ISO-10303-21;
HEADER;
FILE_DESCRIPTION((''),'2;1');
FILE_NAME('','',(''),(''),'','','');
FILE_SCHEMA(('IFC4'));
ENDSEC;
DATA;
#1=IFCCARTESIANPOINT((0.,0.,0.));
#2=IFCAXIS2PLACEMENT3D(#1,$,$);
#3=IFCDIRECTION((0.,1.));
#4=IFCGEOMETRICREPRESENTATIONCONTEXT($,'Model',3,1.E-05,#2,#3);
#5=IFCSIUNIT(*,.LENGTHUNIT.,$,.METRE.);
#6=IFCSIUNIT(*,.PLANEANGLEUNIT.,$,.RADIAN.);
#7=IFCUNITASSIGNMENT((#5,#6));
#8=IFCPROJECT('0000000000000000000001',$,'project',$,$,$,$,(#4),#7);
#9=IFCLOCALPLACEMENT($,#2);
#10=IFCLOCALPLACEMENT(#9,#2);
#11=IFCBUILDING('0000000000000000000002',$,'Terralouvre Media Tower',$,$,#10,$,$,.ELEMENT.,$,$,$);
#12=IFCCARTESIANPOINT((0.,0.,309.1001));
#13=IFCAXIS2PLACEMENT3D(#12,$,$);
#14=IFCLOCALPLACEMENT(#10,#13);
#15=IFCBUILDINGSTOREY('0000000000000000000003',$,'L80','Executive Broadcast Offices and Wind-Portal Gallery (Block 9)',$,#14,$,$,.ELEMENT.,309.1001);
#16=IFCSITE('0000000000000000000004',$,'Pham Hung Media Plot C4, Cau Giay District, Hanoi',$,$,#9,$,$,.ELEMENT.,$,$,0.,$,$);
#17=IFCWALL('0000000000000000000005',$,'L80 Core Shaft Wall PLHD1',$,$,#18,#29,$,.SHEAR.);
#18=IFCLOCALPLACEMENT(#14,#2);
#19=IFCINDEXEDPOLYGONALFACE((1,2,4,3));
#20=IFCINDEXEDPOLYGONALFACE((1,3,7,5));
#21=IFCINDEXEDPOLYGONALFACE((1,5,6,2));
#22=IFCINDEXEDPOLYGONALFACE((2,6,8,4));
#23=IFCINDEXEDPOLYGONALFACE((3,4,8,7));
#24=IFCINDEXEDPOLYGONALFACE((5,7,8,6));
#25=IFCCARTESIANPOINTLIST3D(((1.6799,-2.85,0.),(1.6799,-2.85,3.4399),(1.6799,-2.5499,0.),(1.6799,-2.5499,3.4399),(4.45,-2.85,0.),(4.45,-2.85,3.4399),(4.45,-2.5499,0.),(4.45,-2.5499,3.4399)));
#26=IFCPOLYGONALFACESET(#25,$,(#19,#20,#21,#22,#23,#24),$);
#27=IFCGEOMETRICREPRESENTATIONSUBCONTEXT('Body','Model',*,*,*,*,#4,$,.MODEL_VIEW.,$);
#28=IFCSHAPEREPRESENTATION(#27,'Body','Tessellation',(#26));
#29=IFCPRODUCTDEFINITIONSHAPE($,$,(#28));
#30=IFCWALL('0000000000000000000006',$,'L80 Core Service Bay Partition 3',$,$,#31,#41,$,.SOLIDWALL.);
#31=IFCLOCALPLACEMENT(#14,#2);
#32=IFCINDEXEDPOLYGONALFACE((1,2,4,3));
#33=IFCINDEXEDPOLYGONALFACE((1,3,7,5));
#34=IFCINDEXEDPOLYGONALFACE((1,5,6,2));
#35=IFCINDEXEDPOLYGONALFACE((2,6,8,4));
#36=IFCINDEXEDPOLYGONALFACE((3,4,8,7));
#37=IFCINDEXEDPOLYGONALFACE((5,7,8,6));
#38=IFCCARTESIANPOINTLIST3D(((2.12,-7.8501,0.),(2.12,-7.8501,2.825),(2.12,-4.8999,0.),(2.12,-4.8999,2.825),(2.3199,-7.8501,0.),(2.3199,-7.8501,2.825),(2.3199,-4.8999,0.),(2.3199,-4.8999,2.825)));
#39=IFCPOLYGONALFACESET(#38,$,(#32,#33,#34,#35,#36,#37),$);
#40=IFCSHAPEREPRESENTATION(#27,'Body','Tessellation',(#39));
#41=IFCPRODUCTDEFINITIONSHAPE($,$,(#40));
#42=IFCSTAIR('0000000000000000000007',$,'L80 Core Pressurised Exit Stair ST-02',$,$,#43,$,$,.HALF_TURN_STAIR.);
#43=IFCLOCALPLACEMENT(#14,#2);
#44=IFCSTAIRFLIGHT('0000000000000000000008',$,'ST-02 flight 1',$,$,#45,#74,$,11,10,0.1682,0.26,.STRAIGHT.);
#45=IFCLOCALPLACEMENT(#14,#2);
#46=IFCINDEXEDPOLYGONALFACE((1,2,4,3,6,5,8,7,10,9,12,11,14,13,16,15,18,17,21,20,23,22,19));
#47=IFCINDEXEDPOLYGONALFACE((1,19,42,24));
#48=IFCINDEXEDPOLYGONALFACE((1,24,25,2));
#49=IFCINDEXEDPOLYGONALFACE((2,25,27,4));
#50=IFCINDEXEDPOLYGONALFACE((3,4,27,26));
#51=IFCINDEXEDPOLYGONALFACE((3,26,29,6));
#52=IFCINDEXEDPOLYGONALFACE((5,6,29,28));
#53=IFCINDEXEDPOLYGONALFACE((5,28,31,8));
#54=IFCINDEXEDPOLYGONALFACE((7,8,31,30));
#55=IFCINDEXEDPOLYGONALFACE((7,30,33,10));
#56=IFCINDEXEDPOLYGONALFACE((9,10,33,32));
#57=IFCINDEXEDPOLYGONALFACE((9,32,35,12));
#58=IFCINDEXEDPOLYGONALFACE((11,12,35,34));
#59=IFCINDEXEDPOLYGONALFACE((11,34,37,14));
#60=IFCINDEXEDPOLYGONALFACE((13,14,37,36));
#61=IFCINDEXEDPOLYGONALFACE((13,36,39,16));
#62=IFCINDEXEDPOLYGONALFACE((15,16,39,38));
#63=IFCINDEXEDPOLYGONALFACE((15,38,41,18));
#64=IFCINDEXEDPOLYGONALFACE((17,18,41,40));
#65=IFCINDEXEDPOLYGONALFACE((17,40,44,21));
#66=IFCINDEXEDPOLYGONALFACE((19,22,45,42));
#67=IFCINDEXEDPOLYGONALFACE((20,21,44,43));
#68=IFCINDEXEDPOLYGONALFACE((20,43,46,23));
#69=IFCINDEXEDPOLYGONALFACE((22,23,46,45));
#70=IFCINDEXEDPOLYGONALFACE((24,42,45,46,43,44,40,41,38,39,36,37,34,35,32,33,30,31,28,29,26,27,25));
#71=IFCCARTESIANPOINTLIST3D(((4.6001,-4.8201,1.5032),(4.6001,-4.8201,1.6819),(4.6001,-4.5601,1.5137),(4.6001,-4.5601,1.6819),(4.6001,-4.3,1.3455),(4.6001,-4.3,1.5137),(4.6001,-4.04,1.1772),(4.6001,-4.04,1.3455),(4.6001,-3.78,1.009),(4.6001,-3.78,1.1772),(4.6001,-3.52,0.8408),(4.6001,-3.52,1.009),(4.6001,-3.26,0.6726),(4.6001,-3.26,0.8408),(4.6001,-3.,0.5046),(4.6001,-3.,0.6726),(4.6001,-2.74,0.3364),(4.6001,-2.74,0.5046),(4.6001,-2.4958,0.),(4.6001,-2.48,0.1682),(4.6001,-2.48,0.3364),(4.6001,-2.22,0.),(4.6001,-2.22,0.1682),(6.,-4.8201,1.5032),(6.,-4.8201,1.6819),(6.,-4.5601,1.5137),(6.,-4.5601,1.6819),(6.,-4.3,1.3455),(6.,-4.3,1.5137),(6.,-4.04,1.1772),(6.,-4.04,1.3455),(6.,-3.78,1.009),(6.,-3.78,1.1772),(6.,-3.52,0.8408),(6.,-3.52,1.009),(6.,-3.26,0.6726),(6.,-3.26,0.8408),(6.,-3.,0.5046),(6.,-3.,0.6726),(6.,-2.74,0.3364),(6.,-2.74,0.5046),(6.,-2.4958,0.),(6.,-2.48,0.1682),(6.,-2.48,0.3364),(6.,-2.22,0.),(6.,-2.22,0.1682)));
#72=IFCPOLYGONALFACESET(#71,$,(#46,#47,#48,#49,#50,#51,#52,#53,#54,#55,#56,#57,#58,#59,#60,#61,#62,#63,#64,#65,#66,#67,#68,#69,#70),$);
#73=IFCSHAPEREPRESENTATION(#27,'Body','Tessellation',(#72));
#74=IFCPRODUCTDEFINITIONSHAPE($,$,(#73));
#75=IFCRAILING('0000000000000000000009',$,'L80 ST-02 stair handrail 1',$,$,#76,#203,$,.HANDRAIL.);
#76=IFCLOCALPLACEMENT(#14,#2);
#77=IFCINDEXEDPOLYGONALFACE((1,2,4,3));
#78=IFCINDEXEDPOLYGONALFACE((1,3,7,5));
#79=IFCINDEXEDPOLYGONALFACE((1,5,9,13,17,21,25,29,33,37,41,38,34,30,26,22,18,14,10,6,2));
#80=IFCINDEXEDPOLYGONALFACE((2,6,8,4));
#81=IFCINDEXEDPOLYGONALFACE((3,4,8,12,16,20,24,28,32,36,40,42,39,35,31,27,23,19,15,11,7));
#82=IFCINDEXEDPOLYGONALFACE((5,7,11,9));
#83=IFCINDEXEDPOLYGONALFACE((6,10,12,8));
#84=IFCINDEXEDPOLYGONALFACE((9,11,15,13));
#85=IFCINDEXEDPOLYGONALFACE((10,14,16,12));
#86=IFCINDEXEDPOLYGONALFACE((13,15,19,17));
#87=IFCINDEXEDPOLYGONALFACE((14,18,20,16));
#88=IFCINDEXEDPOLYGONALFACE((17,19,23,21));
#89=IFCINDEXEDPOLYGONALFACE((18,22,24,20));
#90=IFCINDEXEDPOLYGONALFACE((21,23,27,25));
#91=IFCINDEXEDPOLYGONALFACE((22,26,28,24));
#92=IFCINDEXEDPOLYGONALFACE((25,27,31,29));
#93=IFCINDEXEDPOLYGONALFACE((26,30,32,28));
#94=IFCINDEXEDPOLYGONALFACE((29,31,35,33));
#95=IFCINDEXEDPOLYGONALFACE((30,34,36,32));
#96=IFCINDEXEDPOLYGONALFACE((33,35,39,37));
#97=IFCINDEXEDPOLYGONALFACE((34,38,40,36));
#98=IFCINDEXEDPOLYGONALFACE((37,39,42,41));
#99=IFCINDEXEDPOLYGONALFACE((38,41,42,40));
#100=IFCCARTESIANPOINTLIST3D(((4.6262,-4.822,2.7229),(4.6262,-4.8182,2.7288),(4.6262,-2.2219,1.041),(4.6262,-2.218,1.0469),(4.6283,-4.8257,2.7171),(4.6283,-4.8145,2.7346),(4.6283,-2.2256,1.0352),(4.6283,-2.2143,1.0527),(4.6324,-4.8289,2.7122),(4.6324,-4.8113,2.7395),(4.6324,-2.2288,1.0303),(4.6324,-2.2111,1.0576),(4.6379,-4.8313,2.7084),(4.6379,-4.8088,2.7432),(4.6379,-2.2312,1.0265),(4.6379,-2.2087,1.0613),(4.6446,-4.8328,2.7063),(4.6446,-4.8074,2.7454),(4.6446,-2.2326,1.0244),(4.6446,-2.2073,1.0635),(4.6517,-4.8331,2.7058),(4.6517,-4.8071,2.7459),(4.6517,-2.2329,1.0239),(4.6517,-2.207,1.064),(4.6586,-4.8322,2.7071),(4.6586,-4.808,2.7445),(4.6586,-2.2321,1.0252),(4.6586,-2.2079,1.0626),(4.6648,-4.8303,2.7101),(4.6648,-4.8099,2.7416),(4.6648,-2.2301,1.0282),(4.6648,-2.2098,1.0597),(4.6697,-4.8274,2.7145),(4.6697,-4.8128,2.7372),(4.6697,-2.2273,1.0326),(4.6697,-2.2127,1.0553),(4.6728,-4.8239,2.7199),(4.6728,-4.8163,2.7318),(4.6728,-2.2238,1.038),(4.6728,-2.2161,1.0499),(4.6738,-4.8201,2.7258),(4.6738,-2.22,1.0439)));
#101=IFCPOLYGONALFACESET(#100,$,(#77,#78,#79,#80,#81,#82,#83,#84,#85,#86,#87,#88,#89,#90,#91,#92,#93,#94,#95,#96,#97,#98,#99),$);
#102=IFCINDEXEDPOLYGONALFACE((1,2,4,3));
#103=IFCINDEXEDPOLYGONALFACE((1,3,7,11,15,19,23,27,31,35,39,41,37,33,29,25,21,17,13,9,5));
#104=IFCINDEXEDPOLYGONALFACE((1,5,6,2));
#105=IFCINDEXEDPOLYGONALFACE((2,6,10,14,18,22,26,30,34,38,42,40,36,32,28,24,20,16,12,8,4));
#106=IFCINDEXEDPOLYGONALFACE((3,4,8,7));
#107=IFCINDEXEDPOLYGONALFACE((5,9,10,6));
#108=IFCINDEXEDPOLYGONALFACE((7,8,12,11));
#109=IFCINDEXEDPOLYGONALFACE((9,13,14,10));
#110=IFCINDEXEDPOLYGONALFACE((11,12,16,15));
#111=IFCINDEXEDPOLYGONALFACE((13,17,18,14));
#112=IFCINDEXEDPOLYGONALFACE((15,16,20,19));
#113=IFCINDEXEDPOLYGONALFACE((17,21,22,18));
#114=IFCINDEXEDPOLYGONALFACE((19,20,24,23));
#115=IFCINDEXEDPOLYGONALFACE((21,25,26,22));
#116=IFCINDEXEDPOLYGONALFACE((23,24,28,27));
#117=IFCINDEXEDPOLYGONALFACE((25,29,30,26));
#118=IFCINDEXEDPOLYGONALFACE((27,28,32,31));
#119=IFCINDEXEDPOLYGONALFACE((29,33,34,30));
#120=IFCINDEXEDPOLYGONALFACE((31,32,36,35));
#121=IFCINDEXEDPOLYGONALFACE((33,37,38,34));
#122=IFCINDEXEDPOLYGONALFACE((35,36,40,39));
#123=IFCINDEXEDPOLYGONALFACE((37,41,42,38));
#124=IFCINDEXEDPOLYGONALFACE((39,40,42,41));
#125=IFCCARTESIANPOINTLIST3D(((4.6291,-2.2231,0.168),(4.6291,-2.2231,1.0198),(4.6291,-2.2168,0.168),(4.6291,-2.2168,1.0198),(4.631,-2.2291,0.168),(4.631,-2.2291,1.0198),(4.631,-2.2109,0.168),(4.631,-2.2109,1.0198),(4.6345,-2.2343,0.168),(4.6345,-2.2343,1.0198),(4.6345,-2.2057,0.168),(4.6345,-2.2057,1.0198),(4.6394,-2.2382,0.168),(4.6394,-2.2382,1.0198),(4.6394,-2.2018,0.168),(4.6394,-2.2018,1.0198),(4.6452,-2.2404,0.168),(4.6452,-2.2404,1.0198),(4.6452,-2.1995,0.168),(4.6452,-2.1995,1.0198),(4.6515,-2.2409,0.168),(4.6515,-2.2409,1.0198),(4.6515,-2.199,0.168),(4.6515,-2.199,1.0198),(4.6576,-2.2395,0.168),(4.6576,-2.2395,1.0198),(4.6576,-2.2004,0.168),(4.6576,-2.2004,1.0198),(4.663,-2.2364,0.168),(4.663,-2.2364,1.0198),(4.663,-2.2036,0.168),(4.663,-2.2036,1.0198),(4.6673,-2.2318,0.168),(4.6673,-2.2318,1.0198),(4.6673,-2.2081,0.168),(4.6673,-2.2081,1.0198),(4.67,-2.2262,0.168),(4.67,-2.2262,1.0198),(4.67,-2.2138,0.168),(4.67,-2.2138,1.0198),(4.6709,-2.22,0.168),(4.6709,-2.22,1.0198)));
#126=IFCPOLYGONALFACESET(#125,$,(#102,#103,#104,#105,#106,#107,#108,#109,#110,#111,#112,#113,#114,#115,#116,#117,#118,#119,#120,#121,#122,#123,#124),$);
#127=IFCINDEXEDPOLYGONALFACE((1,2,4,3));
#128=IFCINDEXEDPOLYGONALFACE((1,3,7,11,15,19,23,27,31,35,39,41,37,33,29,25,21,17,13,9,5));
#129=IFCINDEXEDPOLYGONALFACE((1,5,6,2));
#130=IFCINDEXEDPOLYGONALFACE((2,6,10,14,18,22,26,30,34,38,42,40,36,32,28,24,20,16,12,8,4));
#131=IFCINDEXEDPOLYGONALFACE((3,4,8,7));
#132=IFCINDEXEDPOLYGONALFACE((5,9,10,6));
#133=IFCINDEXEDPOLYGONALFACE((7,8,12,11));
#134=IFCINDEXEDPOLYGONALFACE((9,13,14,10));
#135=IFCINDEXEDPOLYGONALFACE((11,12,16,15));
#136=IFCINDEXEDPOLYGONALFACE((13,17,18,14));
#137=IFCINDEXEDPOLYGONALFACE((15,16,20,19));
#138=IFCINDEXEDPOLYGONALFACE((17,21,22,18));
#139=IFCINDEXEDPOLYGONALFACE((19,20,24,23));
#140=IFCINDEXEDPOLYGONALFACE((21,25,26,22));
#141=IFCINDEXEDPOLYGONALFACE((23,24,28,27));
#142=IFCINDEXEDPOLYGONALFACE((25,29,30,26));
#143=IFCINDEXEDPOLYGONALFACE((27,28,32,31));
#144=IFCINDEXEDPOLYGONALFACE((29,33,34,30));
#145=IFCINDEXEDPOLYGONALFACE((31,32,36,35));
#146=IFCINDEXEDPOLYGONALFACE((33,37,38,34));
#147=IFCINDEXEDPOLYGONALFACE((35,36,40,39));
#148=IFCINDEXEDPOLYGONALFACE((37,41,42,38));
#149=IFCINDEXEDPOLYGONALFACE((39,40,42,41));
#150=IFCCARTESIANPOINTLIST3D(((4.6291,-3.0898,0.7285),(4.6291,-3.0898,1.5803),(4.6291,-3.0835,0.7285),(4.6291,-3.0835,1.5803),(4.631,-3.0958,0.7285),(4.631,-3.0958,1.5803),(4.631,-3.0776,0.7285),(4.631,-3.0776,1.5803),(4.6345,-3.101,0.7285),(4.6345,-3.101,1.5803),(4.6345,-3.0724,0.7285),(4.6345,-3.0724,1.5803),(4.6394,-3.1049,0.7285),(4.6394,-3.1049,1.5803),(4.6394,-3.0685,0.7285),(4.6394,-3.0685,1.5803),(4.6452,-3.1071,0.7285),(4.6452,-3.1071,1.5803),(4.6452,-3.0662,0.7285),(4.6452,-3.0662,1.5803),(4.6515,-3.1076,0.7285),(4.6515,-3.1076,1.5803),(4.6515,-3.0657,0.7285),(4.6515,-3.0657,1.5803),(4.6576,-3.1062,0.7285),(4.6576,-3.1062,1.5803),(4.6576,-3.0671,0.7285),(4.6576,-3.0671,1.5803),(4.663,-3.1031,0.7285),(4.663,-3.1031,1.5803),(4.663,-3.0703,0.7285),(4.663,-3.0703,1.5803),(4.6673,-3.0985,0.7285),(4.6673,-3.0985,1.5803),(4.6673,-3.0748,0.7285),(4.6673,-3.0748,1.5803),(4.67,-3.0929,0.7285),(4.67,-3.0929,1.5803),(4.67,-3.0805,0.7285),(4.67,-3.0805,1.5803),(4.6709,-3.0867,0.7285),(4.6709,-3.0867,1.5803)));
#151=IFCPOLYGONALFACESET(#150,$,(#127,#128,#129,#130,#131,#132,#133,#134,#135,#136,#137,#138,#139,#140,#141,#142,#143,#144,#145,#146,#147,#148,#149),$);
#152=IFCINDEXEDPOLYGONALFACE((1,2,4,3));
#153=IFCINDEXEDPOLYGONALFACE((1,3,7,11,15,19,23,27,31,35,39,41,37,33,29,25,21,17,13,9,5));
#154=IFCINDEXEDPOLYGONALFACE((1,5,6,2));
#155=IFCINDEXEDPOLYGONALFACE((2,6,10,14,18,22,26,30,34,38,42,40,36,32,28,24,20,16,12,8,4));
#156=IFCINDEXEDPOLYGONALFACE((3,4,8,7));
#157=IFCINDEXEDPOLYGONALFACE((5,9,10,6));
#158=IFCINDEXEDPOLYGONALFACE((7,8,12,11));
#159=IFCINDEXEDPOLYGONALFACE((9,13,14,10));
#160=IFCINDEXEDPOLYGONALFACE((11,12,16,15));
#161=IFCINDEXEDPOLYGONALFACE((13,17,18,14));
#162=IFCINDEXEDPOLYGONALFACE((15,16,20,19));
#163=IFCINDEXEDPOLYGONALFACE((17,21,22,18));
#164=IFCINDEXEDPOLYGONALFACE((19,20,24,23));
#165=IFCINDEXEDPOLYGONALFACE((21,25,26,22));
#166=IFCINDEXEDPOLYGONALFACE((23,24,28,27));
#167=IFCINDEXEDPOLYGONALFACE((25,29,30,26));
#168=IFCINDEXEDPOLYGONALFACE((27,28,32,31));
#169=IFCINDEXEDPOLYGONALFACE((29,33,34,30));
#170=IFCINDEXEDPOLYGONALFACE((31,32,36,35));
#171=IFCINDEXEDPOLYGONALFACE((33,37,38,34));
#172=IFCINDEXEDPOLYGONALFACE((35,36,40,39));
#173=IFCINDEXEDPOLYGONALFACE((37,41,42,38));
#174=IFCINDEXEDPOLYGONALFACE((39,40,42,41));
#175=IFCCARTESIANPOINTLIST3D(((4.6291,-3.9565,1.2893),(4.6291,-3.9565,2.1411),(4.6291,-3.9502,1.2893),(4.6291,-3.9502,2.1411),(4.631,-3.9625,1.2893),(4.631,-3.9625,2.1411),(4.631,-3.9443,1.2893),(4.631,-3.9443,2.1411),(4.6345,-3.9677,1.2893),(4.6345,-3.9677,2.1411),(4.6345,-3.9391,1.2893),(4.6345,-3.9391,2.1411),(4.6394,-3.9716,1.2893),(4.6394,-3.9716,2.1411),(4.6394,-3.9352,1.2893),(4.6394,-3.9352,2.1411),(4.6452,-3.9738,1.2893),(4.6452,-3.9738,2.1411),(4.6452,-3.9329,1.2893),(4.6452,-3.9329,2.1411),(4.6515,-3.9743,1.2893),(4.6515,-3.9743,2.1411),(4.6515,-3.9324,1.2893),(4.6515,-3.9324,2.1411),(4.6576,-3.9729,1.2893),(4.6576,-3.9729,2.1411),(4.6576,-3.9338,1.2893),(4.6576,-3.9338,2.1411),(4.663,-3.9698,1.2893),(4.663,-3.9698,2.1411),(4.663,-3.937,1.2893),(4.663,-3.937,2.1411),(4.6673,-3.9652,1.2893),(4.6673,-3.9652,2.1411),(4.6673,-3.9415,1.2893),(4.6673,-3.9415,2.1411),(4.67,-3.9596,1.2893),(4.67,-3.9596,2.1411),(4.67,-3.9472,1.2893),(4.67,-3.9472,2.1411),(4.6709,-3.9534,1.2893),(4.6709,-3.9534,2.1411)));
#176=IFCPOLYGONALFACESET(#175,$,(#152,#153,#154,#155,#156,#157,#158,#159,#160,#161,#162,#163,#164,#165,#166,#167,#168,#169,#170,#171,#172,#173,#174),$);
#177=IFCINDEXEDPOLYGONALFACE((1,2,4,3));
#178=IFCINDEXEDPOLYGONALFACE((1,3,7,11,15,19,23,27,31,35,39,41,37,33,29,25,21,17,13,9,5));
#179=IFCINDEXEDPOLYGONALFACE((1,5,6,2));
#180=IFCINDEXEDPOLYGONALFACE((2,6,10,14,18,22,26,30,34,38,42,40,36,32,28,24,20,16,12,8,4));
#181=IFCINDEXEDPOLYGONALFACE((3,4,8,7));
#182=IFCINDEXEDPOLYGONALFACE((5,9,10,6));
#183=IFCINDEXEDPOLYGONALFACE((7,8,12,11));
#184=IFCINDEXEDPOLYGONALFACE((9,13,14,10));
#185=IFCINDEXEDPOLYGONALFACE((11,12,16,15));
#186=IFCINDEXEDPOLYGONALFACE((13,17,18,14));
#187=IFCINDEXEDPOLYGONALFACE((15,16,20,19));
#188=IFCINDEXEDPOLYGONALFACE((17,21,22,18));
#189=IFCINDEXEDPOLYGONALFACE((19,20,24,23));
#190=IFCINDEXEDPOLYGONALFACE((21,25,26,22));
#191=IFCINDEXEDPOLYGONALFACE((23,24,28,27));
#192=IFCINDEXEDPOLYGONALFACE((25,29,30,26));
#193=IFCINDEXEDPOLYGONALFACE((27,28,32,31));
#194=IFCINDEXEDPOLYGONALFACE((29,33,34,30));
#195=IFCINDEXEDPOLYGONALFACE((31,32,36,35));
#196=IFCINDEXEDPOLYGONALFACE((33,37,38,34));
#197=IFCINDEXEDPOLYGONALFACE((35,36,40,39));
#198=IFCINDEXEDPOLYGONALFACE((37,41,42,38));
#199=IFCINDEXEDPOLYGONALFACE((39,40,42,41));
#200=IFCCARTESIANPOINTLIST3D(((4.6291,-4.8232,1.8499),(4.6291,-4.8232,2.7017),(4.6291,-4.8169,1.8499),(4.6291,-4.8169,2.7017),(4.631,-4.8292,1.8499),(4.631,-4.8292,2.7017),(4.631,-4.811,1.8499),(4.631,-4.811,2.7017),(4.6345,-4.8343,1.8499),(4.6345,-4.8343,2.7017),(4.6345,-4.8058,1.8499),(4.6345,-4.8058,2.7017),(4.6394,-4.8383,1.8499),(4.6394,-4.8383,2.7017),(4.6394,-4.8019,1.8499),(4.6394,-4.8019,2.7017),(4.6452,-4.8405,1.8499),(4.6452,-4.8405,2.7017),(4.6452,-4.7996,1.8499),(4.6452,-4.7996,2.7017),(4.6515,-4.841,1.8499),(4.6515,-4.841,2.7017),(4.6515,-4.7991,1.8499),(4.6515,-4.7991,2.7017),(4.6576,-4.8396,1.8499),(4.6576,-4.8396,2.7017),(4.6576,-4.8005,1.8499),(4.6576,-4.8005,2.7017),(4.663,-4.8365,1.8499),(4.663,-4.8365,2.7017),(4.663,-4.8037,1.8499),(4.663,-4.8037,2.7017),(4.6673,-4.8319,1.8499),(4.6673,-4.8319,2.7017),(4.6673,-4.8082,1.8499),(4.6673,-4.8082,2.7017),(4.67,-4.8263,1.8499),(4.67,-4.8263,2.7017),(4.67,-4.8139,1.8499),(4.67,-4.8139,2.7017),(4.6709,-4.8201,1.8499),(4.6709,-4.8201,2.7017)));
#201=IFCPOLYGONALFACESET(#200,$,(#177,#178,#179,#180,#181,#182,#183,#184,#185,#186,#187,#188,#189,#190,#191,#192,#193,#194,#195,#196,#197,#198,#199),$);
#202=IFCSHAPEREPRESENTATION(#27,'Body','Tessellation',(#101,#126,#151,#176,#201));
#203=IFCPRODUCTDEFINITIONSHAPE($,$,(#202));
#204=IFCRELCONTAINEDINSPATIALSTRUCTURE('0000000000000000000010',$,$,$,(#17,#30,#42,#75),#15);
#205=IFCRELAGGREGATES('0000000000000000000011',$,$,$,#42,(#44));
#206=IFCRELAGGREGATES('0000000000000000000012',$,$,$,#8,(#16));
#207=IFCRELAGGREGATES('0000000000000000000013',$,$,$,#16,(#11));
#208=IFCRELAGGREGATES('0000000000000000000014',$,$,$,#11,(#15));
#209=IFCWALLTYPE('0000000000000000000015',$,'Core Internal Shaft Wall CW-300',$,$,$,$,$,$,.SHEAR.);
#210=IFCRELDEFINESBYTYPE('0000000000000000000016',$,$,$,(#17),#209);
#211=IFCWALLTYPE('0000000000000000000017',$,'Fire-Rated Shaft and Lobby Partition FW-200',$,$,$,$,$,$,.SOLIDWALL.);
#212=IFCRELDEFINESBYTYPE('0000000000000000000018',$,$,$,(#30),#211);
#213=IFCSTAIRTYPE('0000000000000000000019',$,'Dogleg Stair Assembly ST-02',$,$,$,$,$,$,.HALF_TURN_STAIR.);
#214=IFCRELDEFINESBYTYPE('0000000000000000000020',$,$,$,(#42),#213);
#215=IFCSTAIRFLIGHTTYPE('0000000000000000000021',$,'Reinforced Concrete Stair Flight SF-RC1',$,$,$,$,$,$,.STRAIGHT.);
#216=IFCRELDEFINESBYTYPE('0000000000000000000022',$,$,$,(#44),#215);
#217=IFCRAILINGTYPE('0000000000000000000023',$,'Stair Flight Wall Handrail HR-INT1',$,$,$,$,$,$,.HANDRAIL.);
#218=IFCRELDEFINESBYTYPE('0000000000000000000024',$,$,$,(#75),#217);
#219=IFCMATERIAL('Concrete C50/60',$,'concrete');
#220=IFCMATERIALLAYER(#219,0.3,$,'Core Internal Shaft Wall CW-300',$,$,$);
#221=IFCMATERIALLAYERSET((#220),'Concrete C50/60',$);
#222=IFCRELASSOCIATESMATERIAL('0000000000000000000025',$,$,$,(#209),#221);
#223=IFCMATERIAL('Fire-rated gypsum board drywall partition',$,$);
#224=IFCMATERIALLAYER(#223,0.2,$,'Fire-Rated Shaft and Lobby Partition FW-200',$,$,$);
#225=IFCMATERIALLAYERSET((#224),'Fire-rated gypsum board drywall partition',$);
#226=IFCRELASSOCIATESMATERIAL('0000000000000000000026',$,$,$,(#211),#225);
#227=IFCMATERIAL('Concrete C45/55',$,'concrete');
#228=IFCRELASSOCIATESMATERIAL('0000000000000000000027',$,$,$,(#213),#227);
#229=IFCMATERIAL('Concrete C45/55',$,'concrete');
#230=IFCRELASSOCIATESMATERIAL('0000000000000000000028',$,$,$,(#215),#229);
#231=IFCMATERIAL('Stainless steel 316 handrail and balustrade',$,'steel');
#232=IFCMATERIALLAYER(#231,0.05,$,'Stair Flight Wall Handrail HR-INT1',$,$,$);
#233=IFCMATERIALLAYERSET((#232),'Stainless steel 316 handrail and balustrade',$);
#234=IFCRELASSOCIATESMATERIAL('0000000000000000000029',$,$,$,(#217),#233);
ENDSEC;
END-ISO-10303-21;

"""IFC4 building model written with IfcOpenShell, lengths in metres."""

from ifc_helpers import new_model, si_unit, direction, frame, frame_2d, origin, origin_2d, place, context, subcontext, project, spatial, polyline, rectangle, circle, outline, extrude, material, layer, layer_set, type_object, element, aggregate, save


model = new_model("IFC4")

# Units and contexts
model_context = context("Model", 3, precision=1e-05, world=origin(), true_north=direction((0.0, 1.0)))
body_context = subcontext(model_context, "Body", "Model", "MODEL_VIEW")
ifc_project = project(units=[si_unit("LENGTHUNIT", "METRE"), si_unit("PLANEANGLEUNIT", "RADIAN")], contexts=[model_context])

# Site, building, storey
site_placement = place(None, origin())
site = spatial("IfcSite", under=ifc_project, at=site_placement, Name="Pham Hung Media Plot C4, Cau Giay District, Hanoi", CompositionType="ELEMENT", RefElevation=0.0)
building_placement = place(site_placement, origin())
building = spatial("IfcBuilding", under=site, at=building_placement, Name="Terralouvre Media Tower", CompositionType="ELEMENT")
storey_placement = place(building_placement, frame((0.0, 0.0, 309.1001)))
storey = spatial("IfcBuildingStorey", under=building, at=storey_placement, Name="L80", Description="Executive Broadcast Offices and Wind-Portal Gallery (Block 9)", CompositionType="ELEMENT", Elevation=309.1001)

# Shared definitions
ifc_material_1 = material(Name="Concrete C50/60", Category="concrete")
ifc_layer_1 = layer(ifc_material_1, 0.3, Name="Core Internal Shaft Wall CW-300")
ifc_layer_set_1 = layer_set([ifc_layer_1], Name="Concrete C50/60")
wall_type_1 = type_object("IfcWallType", Name="Core Internal Shaft Wall CW-300", PredefinedType="SHEAR", material=ifc_layer_set_1)

# Walls
wall_1_placement = place(storey_placement, frame((1.6799, -2.7, 0.0), z_axis=(0.0, 0.0, 1.0), x_axis=(1.0, 0.0, 0.0)))
element("IfcWall", 1, at=wall_1_placement, inside=storey, type_object=wall_type_1, Name="L80 Core Shaft Wall PLHD1", PredefinedType="SHEAR", context=body_context, shape_type="SweptSolid", body=[
    extrude(rectangle(XDim=2.77, YDim=0.3, at=frame_2d((1.385, 0.0))), origin(), (0.0, 0.0, 1.0), 3.4399),
])
ifc_material_2 = material(Name="Fire-rated gypsum board drywall partition")
ifc_layer_2 = layer(ifc_material_2, 0.2, Name="Fire-Rated Shaft and Lobby Partition FW-200")
ifc_layer_set_2 = layer_set([ifc_layer_2], Name="Fire-rated gypsum board drywall partition")
wall_type_2 = type_object("IfcWallType", Name="Fire-Rated Shaft and Lobby Partition FW-200", PredefinedType="SOLIDWALL", material=ifc_layer_set_2)
wall_2_placement = place(storey_placement, frame((2.22, -7.8501, 0.0), z_axis=(0.0, 0.0, 1.0), x_axis=(0.0, 1.0, 0.0)))
element("IfcWall", 2, at=wall_2_placement, inside=storey, type_object=wall_type_2, Name="L80 Core Service Bay Partition 3", PredefinedType="SOLIDWALL", context=body_context, shape_type="SweptSolid", body=[
    extrude(rectangle(XDim=2.9502, YDim=0.2, at=frame_2d((1.4751, 0.0))), origin(), (0.0, 0.0, 1.0), 2.825),
])

# Stair, stair flight
ifc_material_3 = material(Name="Concrete C45/55", Category="concrete")
stair_type = type_object("IfcStairType", Name="Dogleg Stair Assembly ST-02", PredefinedType="HALF_TURN_STAIR", material=ifc_material_3)
stair_placement = place(storey_placement, origin())
stair = element("IfcStair", 3, at=stair_placement, inside=storey, type_object=stair_type, Name="L80 Core Pressurised Exit Stair ST-02", PredefinedType="HALF_TURN_STAIR")
ifc_material_4 = material(Name="Concrete C45/55", Category="concrete")
stair_flight_type = type_object("IfcStairFlightType", Name="Reinforced Concrete Stair Flight SF-RC1", PredefinedType="STRAIGHT", material=ifc_material_4)
stair_flight_placement = place(storey_placement, frame((5.3, -2.22, 0.0), z_axis=(0.0, 0.0, 1.0), x_axis=(0.0, -1.0, 0.0)))
stair_flight = element("IfcStairFlight", 4, at=stair_flight_placement, type_object=stair_flight_type, Name="ST-02 flight 1", NumberOfRisers=11, NumberOfTreads=10, PredefinedType="STRAIGHT", RiserHeight=0.1682, TreadLength=0.26, context=body_context, shape_type="SweptSolid", body=[
    extrude(outline(polyline([(0.0, 0.0), (0.0, 0.1682), (0.26, 0.1682), (0.26, 0.3364), (0.52, 0.3364), (0.52, 0.5046), (0.78, 0.5046), (0.78, 0.6726), (1.04, 0.6726), (1.04, 0.8408), (1.3, 0.8408), (1.3, 1.009), (1.5601, 1.009), (1.5601, 1.1772), (1.8201, 1.1772), (1.8201, 1.3455), (2.0801, 1.3455), (2.0801, 1.5137), (2.3401, 1.5137), (2.3401, 1.6819), (2.6001, 1.6819), (2.6001, 1.8501), (2.6001, 1.5032), (0.2759, 0.0), (0.0, 0.0)])), frame((0.0, 0.7, 0.0), z_axis=(0.0, -1.0, 0.0), x_axis=(1.0, 0.0, 0.0)), (0.0, 0.0, 1.0), 1.3999),
])
aggregate(stair, [stair_flight])

# Railing
ifc_material_5 = material(Name="Stainless steel 316 handrail and balustrade", Category="steel")
ifc_layer_3 = layer(ifc_material_5, 0.05, Name="Stair Flight Wall Handrail HR-INT1")
ifc_layer_set_3 = layer_set([ifc_layer_3], Name="Stainless steel 316 handrail and balustrade")
railing_type_1 = type_object("IfcRailingType", Name="Stair Flight Wall Handrail HR-INT1", PredefinedType="HANDRAIL", material=ifc_layer_set_3)
railing_1_placement = place(storey_placement, frame((4.6499, -2.22, 0.168)))
element("IfcRailing", 5, at=railing_1_placement, inside=storey, type_object=railing_type_1, Name="L80 ST-02 stair handrail 1", PredefinedType="HANDRAIL", context=body_context, shape_type="SweptSolid", body=[
    extrude(circle(Radius=0.0239, at=origin_2d()), frame((0.0, 0.0, 0.876), z_axis=(0.0, -0.839648, 0.54313), x_axis=(1.0, 0.0, 0.0)), (0.0, 0.0, 1.0), 3.0967),
    extrude(circle(Radius=0.021, at=origin_2d()), origin(), (0.0, 0.0, 1.0), 0.8518),
    extrude(circle(Radius=0.021, at=origin_2d()), frame((0.0, -0.8667, 0.5605)), (0.0, 0.0, 1.0), 0.8518),
    extrude(circle(Radius=0.021, at=origin_2d()), frame((0.0, -1.7334, 1.1213)), (0.0, 0.0, 1.0), 0.8518),
    extrude(circle(Radius=0.021, at=origin_2d()), frame((0.0, -2.6001, 1.6819)), (0.0, 0.0, 1.0), 0.8518),
])

save(model, "model.ifc")
